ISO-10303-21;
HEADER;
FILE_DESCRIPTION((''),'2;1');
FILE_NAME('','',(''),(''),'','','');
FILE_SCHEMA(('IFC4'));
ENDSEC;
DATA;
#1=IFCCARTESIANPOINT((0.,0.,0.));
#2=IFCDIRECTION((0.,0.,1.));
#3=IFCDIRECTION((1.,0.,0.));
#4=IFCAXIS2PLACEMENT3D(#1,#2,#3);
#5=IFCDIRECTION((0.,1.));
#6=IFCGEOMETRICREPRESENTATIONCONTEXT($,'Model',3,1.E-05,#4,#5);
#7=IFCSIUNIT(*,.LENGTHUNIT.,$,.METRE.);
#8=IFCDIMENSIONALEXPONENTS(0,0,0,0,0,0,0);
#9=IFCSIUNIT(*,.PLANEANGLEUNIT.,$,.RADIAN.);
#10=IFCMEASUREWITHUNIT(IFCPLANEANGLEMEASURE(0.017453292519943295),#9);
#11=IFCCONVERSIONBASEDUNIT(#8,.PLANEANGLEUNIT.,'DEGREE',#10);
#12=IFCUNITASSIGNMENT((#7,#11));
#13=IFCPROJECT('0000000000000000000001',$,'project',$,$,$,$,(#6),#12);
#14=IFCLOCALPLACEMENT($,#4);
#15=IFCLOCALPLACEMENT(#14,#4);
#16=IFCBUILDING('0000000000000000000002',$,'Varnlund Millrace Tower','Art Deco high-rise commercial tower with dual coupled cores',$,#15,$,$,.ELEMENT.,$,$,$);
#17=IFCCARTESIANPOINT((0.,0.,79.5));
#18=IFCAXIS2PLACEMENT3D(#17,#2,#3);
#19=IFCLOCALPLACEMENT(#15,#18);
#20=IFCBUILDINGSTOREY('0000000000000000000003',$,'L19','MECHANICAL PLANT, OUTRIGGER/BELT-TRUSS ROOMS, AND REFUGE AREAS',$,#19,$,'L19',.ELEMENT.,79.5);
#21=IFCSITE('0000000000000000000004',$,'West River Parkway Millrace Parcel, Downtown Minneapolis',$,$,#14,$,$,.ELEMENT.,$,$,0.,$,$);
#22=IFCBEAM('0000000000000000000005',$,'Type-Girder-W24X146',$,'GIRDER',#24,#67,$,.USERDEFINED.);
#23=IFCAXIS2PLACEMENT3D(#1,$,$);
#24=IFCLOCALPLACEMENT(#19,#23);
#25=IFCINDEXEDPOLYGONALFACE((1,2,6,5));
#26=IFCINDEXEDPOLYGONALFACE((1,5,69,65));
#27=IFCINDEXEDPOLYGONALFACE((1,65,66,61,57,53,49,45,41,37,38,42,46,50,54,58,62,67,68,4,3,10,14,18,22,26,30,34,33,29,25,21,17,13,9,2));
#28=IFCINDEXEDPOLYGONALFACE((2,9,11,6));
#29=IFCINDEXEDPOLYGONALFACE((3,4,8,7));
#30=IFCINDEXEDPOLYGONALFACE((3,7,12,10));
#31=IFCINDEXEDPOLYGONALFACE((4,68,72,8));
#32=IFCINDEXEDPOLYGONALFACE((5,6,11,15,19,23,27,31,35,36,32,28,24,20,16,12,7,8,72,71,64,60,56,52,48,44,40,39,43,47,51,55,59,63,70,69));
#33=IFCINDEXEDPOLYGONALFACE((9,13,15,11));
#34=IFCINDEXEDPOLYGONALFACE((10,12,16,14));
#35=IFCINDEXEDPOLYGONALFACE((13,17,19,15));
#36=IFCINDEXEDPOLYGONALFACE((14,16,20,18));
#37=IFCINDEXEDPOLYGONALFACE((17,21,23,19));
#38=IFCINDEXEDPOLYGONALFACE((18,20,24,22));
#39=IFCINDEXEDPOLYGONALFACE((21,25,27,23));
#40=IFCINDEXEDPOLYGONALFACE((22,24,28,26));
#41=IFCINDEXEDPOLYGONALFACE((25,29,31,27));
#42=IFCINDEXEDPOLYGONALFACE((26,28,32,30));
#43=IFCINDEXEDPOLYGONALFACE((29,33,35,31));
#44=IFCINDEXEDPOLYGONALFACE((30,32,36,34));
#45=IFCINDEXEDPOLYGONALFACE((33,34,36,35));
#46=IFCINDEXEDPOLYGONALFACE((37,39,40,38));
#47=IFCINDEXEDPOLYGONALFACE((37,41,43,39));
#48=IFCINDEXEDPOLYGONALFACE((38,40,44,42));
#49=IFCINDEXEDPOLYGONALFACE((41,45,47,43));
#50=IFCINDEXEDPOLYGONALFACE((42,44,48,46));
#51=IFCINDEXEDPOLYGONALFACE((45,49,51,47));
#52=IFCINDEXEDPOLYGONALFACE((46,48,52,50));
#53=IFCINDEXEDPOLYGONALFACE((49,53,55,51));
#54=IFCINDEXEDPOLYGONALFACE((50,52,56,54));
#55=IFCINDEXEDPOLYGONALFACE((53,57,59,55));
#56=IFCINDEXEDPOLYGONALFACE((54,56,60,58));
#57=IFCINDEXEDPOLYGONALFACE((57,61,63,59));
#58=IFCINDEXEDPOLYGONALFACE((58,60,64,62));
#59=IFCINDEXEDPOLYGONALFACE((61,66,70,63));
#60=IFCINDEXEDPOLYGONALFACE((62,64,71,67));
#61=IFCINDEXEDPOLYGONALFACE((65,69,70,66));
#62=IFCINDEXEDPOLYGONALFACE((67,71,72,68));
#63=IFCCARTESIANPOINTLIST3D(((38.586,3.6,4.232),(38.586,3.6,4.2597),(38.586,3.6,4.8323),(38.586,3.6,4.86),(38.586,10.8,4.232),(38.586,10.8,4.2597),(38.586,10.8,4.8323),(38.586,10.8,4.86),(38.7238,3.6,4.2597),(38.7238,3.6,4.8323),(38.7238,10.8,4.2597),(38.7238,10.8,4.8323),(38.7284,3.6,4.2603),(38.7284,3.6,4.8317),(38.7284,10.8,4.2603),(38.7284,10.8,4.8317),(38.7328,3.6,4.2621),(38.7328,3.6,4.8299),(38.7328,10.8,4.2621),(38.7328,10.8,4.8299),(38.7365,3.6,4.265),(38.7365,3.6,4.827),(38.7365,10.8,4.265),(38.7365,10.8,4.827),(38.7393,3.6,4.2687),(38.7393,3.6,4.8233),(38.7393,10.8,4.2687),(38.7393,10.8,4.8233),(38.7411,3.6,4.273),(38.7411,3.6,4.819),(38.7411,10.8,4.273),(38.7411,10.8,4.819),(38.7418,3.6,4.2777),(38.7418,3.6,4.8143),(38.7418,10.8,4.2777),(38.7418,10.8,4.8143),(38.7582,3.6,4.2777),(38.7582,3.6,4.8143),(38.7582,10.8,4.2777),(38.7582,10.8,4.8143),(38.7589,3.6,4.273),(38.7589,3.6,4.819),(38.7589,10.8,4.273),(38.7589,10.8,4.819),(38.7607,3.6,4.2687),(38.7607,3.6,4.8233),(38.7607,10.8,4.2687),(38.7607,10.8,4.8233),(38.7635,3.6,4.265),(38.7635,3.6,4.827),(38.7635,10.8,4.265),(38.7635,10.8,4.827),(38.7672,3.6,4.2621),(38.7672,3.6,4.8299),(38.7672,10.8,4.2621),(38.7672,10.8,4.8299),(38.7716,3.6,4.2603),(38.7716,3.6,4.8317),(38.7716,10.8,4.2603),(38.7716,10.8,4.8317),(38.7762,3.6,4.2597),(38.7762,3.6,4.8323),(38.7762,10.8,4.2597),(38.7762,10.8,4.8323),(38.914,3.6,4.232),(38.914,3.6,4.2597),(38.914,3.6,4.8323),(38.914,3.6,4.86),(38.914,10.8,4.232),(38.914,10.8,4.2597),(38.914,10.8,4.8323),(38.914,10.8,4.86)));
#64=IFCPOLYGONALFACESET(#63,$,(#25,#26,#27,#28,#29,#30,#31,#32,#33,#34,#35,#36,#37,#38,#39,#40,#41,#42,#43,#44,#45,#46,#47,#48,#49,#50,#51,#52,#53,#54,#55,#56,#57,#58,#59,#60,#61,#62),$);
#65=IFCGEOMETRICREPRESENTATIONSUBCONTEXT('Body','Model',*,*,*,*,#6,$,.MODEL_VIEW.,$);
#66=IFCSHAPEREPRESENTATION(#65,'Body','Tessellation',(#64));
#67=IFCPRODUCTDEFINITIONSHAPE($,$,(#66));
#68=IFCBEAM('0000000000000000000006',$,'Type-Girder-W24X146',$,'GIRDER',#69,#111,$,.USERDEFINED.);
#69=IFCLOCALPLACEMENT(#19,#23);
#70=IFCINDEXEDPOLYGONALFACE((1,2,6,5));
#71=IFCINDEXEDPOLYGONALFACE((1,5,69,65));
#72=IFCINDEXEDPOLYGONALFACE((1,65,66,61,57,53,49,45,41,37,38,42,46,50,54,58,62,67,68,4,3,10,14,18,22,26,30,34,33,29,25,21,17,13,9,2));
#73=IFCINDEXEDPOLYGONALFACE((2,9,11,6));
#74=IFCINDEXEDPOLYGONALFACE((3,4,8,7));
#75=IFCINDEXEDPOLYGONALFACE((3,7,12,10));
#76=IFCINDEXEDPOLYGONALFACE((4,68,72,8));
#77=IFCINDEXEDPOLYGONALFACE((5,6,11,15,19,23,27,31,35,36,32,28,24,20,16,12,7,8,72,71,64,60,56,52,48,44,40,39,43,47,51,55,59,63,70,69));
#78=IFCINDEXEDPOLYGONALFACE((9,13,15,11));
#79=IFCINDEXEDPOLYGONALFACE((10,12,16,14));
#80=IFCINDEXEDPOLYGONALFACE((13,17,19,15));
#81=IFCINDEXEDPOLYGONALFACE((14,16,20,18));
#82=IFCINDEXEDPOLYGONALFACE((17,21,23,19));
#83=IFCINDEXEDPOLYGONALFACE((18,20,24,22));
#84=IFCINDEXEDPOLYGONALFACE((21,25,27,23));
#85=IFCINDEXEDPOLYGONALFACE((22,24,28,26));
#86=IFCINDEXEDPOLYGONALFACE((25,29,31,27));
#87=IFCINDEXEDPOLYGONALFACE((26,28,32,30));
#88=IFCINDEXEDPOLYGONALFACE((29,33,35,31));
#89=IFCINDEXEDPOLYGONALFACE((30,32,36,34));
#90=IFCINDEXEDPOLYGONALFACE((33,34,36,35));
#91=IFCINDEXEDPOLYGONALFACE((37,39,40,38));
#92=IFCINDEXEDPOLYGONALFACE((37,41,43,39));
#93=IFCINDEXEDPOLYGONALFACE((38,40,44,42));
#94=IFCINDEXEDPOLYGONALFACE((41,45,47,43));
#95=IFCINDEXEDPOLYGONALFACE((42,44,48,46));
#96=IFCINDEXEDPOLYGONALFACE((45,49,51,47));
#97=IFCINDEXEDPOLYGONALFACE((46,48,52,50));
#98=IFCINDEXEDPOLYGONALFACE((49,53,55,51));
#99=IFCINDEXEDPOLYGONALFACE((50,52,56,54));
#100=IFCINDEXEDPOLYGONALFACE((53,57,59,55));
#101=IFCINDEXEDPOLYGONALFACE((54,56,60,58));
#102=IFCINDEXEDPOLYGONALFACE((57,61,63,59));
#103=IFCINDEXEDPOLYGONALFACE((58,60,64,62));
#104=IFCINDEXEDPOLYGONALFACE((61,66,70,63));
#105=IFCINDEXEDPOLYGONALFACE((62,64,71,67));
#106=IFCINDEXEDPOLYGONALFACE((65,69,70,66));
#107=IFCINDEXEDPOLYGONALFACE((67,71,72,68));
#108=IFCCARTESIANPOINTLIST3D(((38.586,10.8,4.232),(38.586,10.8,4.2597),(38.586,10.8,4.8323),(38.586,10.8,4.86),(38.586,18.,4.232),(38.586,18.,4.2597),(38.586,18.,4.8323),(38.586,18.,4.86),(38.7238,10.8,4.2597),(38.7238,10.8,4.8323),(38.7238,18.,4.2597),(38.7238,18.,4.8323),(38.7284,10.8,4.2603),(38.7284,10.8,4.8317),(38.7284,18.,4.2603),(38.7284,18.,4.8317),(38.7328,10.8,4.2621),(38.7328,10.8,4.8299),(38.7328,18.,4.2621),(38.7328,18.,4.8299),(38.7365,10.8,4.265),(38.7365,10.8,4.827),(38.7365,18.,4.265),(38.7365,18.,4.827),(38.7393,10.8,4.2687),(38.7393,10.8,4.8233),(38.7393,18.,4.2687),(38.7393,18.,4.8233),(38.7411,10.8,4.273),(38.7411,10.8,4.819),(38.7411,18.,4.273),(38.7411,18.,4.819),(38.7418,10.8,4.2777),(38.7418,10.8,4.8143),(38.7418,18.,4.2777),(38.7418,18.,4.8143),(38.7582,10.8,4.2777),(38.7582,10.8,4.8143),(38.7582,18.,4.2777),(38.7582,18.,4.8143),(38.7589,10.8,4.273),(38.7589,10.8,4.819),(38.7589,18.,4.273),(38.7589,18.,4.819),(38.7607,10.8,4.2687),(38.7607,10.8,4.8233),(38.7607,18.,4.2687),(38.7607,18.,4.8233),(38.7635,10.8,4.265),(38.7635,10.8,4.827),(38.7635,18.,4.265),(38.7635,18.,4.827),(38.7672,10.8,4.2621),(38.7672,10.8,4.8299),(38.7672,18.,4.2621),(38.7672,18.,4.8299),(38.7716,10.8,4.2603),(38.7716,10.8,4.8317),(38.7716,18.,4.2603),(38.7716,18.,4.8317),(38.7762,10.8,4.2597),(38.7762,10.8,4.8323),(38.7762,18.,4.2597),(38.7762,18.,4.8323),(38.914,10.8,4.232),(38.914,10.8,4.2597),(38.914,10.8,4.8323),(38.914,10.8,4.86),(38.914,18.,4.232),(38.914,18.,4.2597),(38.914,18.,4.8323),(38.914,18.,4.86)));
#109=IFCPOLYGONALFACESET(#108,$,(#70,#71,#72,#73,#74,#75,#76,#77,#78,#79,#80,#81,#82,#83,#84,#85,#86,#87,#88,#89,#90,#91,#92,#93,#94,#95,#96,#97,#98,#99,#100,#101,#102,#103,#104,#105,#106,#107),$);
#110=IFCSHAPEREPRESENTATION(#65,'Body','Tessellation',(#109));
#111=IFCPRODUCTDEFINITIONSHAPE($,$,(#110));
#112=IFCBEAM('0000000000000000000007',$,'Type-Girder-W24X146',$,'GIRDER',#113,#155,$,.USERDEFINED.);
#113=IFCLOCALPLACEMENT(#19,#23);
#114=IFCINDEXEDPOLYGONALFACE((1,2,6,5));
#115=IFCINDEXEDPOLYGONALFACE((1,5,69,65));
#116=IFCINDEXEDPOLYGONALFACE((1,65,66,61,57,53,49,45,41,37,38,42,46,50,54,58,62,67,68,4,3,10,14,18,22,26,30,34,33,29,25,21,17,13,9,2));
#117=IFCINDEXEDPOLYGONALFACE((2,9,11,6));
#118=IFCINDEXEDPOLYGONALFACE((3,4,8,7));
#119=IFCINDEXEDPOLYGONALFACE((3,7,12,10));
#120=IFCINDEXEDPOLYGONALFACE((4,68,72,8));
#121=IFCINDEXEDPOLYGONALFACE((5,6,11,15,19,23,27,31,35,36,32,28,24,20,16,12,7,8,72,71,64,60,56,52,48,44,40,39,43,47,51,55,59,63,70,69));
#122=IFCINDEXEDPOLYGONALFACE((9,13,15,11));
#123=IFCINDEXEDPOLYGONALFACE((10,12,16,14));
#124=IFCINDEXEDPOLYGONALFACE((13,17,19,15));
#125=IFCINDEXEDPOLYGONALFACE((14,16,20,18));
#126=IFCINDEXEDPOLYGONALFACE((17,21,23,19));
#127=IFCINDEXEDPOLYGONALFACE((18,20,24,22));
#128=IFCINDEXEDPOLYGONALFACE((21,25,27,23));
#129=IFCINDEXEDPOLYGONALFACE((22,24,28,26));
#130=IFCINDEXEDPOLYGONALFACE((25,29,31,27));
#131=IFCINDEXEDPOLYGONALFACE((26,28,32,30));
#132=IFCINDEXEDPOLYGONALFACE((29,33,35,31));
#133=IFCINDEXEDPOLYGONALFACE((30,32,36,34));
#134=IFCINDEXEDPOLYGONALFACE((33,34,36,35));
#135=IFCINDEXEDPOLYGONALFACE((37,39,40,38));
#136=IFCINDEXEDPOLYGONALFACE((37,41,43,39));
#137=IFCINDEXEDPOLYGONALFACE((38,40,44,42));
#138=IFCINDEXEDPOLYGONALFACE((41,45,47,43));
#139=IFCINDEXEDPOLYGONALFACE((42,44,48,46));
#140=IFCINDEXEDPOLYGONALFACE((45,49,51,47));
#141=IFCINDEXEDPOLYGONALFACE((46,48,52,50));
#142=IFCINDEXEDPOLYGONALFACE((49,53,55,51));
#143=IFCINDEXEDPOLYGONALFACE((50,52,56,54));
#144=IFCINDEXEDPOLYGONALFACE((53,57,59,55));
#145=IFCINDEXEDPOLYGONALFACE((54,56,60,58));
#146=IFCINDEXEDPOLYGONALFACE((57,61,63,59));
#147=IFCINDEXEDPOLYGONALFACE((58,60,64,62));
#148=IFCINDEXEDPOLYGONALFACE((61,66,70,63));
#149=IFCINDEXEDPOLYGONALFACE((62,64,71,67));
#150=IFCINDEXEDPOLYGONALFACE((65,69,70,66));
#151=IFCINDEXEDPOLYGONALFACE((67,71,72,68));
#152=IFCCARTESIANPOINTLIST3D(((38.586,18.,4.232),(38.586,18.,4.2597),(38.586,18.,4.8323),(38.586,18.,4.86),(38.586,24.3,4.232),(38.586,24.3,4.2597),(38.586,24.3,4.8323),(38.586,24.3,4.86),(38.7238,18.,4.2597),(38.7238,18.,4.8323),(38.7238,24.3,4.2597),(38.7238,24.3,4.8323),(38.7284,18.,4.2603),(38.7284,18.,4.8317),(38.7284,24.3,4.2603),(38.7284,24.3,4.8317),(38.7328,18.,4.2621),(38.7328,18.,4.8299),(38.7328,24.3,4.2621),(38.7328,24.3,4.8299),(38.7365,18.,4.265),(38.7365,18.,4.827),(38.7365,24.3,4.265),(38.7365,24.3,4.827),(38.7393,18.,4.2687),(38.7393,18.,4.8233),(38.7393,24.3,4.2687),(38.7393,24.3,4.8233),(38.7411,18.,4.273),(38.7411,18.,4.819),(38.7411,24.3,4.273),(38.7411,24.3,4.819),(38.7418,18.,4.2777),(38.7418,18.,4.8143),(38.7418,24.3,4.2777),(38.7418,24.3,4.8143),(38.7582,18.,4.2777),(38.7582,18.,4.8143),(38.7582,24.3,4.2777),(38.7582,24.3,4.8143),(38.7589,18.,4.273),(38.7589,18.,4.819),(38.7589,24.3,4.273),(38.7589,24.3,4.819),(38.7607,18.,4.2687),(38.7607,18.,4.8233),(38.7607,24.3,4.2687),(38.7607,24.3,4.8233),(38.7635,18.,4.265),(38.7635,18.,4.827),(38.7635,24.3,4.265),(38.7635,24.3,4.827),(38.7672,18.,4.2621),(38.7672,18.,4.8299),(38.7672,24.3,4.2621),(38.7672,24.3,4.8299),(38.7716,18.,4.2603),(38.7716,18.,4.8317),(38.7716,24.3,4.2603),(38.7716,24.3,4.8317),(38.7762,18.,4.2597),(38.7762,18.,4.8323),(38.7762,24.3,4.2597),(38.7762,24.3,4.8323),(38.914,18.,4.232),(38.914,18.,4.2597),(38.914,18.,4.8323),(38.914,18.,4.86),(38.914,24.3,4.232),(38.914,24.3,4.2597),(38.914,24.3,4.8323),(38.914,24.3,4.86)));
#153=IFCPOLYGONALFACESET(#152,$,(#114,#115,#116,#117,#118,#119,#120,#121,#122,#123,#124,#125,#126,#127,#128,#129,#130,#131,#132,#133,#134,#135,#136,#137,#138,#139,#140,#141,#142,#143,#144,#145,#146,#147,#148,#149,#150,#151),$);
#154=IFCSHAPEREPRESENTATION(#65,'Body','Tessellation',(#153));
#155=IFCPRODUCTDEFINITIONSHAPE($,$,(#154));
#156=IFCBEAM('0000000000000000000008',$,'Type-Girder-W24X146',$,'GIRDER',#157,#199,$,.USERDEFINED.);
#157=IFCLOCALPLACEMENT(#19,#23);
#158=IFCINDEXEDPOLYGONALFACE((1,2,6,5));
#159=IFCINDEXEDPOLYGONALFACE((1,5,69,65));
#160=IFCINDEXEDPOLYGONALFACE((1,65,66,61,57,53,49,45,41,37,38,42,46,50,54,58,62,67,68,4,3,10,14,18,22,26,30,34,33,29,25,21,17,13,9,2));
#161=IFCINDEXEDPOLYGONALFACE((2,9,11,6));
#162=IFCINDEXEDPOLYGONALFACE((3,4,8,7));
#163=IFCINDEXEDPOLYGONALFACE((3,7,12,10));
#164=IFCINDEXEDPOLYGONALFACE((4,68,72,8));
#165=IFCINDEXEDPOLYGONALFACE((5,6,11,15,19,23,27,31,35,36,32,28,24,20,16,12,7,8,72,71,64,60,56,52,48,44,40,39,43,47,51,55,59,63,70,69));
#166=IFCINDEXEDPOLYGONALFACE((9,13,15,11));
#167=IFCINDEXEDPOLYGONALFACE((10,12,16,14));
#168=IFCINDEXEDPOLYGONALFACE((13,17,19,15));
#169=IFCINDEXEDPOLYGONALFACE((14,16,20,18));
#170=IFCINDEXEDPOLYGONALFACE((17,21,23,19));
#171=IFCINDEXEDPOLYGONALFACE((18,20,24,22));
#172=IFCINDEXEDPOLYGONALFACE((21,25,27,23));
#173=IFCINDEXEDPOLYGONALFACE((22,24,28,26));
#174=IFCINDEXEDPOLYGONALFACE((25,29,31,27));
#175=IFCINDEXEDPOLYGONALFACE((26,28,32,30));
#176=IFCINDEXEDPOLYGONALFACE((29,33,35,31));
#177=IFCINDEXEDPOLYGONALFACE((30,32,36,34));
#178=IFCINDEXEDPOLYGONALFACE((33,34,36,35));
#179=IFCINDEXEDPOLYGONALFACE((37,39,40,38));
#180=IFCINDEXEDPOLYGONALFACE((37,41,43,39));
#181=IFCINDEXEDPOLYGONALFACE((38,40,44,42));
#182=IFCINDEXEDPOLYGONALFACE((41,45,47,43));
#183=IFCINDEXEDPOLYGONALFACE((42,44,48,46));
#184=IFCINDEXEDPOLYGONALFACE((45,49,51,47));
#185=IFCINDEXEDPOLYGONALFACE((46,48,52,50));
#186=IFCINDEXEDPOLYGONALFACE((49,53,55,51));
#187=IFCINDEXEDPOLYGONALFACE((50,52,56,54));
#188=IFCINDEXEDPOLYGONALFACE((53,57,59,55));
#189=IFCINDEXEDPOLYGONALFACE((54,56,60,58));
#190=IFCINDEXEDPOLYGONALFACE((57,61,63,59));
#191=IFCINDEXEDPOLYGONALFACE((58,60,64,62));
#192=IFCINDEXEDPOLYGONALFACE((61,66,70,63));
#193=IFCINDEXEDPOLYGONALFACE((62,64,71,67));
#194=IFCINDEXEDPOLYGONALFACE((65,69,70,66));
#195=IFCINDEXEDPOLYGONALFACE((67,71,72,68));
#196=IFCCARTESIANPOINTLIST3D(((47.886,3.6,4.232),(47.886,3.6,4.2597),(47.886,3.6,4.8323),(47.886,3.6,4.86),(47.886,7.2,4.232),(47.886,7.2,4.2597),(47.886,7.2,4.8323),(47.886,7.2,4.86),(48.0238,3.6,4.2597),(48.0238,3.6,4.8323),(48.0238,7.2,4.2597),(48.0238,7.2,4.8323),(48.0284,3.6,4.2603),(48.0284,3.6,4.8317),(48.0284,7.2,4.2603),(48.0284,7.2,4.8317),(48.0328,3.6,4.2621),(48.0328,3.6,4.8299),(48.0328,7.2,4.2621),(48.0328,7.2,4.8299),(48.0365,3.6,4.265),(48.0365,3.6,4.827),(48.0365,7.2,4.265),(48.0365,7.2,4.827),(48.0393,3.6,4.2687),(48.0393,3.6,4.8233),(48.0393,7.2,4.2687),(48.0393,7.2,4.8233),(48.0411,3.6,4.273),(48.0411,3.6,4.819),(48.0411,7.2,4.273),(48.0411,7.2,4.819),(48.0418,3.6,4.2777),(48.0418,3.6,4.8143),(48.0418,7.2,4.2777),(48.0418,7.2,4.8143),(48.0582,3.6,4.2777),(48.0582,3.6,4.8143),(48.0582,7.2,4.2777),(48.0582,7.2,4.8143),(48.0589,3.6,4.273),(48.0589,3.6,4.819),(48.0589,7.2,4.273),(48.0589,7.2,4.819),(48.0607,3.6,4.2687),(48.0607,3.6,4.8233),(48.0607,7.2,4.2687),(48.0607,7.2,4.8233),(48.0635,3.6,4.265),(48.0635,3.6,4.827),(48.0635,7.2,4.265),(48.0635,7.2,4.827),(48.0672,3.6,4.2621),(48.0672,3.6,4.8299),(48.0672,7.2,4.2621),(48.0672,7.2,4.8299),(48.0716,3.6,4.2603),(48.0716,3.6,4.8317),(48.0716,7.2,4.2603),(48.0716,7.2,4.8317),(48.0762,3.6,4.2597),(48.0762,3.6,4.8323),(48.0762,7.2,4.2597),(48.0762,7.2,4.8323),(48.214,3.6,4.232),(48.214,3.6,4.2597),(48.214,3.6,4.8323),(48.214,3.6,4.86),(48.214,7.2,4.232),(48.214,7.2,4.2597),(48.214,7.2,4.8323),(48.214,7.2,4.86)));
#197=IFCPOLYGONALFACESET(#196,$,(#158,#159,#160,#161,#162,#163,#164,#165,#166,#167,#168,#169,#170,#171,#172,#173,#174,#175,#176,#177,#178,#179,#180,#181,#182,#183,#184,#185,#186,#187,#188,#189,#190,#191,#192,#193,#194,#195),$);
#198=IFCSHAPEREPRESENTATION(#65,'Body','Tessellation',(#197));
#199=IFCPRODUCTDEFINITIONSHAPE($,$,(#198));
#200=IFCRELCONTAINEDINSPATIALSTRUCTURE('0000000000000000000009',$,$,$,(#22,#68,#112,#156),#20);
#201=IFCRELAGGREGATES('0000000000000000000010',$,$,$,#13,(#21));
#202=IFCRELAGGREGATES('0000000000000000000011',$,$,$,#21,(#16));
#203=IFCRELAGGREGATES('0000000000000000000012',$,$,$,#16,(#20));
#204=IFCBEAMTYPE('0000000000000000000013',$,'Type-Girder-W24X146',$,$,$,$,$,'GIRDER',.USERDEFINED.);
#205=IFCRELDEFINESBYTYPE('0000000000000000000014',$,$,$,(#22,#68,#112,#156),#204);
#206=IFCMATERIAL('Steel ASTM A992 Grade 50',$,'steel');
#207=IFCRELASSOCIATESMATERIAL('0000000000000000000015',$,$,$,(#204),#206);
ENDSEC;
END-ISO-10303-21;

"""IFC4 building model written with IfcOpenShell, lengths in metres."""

from ifc_helpers import new_model, entity, si_unit, converted_unit, direction, frame, origin_with_axes, origin_2d_with_axis, place, context, subcontext, project, spatial, i_section, extrude, material, material_profile, profile_set, type_object, element, save


model = new_model("IFC4")

# Units and contexts
model_context = context("Model", 3, precision=1e-05, world=origin_with_axes(), true_north=direction((0.0, 1.0)))
body_context = subcontext(model_context, "Body", "Model", "MODEL_VIEW")
ifc_project = project(units=[si_unit("LENGTHUNIT", "METRE"), converted_unit("PLANEANGLEUNIT", "DEGREE", entity("IfcPlaneAngleMeasure", 0.017453292519943295), si_unit("PLANEANGLEUNIT", "RADIAN"), dimensions=[0, 0, 0, 0, 0, 0, 0])], contexts=[model_context])

# Site, building, storey
site_placement = place(None, origin_with_axes())
site = spatial("IfcSite", under=ifc_project, at=site_placement, Name="West River Parkway Millrace Parcel, Downtown Minneapolis", CompositionType="ELEMENT", RefElevation=0.0)
building_placement = place(site_placement, origin_with_axes())
building = spatial("IfcBuilding", under=site, at=building_placement, Name="Varnlund Millrace Tower", Description="Art Deco high-rise commercial tower with dual coupled cores", CompositionType="ELEMENT")
storey_placement = place(building_placement, frame((0.0, 0.0, 79.5), z_axis=(0.0, 0.0, 1.0), x_axis=(1.0, 0.0, 0.0)))
storey = spatial("IfcBuildingStorey", under=building, at=storey_placement, Name="L19", Description="MECHANICAL PLANT, OUTRIGGER/BELT-TRUSS ROOMS, AND REFUGE AREAS", LongName="L19", CompositionType="ELEMENT", Elevation=79.5)

# Beams
ifc_material_1 = material(Name="Steel ASTM A992 Grade 50", Category="steel")
ifc_material_profile_1 = material_profile(ifc_material_1, i_section(OverallWidth=0.328, OverallDepth=0.628, WebThickness=0.0165, FlangeThickness=0.0277, FilletRadius=0.018, at=origin_2d_with_axis()), Name="Steel ASTM A992 Grade 50")
ifc_profile_set_1 = profile_set([ifc_material_profile_1], Name="Steel ASTM A992 Grade 50")
beam_type_1 = type_object("IfcBeamType", Name="Type-Girder-W24X146", ElementType="GIRDER", PredefinedType="USERDEFINED", material=ifc_profile_set_1)
for number, where, z_axis, x_axis, name in (
    (1, (38.75, 3.6, 4.546), (0.0, 1.0, 0.0), (-1.0, 0.0, 0.0), "Type-Girder-W24X146"),
    (2, (38.75, 10.8, 4.546), (0.0, 1.0, 0.0), (-1.0, 0.0, 0.0), "Type-Girder-W24X146"),
):
    element("IfcBeam", number, at=place(storey_placement, frame(where, z_axis=z_axis, x_axis=x_axis)), inside=storey, type_object=beam_type_1, Name=name, ObjectType="GIRDER", PredefinedType="USERDEFINED", context=body_context, shape_type="SweptSolid", body=[
        extrude(i_section(OverallWidth=0.328, OverallDepth=0.628, WebThickness=0.0165, FlangeThickness=0.0277, FilletRadius=0.018, at=origin_2d_with_axis()), origin_with_axes(), (0.0, 0.0, 1.0), 7.2),
    ])
beam_1_placement = place(storey_placement, frame((38.75, 18.0, 4.546), z_axis=(0.0, 1.0, 0.0), x_axis=(-1.0, 0.0, 0.0)))
element("IfcBeam", 3, at=beam_1_placement, inside=storey, type_object=beam_type_1, Name="Type-Girder-W24X146", ObjectType="GIRDER", PredefinedType="USERDEFINED", context=body_context, shape_type="SweptSolid", body=[
    extrude(i_section(OverallWidth=0.328, OverallDepth=0.628, WebThickness=0.0165, FlangeThickness=0.0277, FilletRadius=0.018, at=origin_2d_with_axis()), origin_with_axes(), (0.0, 0.0, 1.0), 6.3),
])
beam_2_placement = place(storey_placement, frame((48.05, 3.6, 4.546), z_axis=(0.0, 1.0, 0.0), x_axis=(-1.0, 0.0, 0.0)))
element("IfcBeam", 4, at=beam_2_placement, inside=storey, type_object=beam_type_1, Name="Type-Girder-W24X146", ObjectType="GIRDER", PredefinedType="USERDEFINED", context=body_context, shape_type="SweptSolid", body=[
    extrude(i_section(OverallWidth=0.328, OverallDepth=0.628, WebThickness=0.0165, FlangeThickness=0.0277, FilletRadius=0.018, at=origin_2d_with_axis()), origin_with_axes(), (0.0, 0.0, 1.0), 3.6),
])

save(model, "model.ifc")
